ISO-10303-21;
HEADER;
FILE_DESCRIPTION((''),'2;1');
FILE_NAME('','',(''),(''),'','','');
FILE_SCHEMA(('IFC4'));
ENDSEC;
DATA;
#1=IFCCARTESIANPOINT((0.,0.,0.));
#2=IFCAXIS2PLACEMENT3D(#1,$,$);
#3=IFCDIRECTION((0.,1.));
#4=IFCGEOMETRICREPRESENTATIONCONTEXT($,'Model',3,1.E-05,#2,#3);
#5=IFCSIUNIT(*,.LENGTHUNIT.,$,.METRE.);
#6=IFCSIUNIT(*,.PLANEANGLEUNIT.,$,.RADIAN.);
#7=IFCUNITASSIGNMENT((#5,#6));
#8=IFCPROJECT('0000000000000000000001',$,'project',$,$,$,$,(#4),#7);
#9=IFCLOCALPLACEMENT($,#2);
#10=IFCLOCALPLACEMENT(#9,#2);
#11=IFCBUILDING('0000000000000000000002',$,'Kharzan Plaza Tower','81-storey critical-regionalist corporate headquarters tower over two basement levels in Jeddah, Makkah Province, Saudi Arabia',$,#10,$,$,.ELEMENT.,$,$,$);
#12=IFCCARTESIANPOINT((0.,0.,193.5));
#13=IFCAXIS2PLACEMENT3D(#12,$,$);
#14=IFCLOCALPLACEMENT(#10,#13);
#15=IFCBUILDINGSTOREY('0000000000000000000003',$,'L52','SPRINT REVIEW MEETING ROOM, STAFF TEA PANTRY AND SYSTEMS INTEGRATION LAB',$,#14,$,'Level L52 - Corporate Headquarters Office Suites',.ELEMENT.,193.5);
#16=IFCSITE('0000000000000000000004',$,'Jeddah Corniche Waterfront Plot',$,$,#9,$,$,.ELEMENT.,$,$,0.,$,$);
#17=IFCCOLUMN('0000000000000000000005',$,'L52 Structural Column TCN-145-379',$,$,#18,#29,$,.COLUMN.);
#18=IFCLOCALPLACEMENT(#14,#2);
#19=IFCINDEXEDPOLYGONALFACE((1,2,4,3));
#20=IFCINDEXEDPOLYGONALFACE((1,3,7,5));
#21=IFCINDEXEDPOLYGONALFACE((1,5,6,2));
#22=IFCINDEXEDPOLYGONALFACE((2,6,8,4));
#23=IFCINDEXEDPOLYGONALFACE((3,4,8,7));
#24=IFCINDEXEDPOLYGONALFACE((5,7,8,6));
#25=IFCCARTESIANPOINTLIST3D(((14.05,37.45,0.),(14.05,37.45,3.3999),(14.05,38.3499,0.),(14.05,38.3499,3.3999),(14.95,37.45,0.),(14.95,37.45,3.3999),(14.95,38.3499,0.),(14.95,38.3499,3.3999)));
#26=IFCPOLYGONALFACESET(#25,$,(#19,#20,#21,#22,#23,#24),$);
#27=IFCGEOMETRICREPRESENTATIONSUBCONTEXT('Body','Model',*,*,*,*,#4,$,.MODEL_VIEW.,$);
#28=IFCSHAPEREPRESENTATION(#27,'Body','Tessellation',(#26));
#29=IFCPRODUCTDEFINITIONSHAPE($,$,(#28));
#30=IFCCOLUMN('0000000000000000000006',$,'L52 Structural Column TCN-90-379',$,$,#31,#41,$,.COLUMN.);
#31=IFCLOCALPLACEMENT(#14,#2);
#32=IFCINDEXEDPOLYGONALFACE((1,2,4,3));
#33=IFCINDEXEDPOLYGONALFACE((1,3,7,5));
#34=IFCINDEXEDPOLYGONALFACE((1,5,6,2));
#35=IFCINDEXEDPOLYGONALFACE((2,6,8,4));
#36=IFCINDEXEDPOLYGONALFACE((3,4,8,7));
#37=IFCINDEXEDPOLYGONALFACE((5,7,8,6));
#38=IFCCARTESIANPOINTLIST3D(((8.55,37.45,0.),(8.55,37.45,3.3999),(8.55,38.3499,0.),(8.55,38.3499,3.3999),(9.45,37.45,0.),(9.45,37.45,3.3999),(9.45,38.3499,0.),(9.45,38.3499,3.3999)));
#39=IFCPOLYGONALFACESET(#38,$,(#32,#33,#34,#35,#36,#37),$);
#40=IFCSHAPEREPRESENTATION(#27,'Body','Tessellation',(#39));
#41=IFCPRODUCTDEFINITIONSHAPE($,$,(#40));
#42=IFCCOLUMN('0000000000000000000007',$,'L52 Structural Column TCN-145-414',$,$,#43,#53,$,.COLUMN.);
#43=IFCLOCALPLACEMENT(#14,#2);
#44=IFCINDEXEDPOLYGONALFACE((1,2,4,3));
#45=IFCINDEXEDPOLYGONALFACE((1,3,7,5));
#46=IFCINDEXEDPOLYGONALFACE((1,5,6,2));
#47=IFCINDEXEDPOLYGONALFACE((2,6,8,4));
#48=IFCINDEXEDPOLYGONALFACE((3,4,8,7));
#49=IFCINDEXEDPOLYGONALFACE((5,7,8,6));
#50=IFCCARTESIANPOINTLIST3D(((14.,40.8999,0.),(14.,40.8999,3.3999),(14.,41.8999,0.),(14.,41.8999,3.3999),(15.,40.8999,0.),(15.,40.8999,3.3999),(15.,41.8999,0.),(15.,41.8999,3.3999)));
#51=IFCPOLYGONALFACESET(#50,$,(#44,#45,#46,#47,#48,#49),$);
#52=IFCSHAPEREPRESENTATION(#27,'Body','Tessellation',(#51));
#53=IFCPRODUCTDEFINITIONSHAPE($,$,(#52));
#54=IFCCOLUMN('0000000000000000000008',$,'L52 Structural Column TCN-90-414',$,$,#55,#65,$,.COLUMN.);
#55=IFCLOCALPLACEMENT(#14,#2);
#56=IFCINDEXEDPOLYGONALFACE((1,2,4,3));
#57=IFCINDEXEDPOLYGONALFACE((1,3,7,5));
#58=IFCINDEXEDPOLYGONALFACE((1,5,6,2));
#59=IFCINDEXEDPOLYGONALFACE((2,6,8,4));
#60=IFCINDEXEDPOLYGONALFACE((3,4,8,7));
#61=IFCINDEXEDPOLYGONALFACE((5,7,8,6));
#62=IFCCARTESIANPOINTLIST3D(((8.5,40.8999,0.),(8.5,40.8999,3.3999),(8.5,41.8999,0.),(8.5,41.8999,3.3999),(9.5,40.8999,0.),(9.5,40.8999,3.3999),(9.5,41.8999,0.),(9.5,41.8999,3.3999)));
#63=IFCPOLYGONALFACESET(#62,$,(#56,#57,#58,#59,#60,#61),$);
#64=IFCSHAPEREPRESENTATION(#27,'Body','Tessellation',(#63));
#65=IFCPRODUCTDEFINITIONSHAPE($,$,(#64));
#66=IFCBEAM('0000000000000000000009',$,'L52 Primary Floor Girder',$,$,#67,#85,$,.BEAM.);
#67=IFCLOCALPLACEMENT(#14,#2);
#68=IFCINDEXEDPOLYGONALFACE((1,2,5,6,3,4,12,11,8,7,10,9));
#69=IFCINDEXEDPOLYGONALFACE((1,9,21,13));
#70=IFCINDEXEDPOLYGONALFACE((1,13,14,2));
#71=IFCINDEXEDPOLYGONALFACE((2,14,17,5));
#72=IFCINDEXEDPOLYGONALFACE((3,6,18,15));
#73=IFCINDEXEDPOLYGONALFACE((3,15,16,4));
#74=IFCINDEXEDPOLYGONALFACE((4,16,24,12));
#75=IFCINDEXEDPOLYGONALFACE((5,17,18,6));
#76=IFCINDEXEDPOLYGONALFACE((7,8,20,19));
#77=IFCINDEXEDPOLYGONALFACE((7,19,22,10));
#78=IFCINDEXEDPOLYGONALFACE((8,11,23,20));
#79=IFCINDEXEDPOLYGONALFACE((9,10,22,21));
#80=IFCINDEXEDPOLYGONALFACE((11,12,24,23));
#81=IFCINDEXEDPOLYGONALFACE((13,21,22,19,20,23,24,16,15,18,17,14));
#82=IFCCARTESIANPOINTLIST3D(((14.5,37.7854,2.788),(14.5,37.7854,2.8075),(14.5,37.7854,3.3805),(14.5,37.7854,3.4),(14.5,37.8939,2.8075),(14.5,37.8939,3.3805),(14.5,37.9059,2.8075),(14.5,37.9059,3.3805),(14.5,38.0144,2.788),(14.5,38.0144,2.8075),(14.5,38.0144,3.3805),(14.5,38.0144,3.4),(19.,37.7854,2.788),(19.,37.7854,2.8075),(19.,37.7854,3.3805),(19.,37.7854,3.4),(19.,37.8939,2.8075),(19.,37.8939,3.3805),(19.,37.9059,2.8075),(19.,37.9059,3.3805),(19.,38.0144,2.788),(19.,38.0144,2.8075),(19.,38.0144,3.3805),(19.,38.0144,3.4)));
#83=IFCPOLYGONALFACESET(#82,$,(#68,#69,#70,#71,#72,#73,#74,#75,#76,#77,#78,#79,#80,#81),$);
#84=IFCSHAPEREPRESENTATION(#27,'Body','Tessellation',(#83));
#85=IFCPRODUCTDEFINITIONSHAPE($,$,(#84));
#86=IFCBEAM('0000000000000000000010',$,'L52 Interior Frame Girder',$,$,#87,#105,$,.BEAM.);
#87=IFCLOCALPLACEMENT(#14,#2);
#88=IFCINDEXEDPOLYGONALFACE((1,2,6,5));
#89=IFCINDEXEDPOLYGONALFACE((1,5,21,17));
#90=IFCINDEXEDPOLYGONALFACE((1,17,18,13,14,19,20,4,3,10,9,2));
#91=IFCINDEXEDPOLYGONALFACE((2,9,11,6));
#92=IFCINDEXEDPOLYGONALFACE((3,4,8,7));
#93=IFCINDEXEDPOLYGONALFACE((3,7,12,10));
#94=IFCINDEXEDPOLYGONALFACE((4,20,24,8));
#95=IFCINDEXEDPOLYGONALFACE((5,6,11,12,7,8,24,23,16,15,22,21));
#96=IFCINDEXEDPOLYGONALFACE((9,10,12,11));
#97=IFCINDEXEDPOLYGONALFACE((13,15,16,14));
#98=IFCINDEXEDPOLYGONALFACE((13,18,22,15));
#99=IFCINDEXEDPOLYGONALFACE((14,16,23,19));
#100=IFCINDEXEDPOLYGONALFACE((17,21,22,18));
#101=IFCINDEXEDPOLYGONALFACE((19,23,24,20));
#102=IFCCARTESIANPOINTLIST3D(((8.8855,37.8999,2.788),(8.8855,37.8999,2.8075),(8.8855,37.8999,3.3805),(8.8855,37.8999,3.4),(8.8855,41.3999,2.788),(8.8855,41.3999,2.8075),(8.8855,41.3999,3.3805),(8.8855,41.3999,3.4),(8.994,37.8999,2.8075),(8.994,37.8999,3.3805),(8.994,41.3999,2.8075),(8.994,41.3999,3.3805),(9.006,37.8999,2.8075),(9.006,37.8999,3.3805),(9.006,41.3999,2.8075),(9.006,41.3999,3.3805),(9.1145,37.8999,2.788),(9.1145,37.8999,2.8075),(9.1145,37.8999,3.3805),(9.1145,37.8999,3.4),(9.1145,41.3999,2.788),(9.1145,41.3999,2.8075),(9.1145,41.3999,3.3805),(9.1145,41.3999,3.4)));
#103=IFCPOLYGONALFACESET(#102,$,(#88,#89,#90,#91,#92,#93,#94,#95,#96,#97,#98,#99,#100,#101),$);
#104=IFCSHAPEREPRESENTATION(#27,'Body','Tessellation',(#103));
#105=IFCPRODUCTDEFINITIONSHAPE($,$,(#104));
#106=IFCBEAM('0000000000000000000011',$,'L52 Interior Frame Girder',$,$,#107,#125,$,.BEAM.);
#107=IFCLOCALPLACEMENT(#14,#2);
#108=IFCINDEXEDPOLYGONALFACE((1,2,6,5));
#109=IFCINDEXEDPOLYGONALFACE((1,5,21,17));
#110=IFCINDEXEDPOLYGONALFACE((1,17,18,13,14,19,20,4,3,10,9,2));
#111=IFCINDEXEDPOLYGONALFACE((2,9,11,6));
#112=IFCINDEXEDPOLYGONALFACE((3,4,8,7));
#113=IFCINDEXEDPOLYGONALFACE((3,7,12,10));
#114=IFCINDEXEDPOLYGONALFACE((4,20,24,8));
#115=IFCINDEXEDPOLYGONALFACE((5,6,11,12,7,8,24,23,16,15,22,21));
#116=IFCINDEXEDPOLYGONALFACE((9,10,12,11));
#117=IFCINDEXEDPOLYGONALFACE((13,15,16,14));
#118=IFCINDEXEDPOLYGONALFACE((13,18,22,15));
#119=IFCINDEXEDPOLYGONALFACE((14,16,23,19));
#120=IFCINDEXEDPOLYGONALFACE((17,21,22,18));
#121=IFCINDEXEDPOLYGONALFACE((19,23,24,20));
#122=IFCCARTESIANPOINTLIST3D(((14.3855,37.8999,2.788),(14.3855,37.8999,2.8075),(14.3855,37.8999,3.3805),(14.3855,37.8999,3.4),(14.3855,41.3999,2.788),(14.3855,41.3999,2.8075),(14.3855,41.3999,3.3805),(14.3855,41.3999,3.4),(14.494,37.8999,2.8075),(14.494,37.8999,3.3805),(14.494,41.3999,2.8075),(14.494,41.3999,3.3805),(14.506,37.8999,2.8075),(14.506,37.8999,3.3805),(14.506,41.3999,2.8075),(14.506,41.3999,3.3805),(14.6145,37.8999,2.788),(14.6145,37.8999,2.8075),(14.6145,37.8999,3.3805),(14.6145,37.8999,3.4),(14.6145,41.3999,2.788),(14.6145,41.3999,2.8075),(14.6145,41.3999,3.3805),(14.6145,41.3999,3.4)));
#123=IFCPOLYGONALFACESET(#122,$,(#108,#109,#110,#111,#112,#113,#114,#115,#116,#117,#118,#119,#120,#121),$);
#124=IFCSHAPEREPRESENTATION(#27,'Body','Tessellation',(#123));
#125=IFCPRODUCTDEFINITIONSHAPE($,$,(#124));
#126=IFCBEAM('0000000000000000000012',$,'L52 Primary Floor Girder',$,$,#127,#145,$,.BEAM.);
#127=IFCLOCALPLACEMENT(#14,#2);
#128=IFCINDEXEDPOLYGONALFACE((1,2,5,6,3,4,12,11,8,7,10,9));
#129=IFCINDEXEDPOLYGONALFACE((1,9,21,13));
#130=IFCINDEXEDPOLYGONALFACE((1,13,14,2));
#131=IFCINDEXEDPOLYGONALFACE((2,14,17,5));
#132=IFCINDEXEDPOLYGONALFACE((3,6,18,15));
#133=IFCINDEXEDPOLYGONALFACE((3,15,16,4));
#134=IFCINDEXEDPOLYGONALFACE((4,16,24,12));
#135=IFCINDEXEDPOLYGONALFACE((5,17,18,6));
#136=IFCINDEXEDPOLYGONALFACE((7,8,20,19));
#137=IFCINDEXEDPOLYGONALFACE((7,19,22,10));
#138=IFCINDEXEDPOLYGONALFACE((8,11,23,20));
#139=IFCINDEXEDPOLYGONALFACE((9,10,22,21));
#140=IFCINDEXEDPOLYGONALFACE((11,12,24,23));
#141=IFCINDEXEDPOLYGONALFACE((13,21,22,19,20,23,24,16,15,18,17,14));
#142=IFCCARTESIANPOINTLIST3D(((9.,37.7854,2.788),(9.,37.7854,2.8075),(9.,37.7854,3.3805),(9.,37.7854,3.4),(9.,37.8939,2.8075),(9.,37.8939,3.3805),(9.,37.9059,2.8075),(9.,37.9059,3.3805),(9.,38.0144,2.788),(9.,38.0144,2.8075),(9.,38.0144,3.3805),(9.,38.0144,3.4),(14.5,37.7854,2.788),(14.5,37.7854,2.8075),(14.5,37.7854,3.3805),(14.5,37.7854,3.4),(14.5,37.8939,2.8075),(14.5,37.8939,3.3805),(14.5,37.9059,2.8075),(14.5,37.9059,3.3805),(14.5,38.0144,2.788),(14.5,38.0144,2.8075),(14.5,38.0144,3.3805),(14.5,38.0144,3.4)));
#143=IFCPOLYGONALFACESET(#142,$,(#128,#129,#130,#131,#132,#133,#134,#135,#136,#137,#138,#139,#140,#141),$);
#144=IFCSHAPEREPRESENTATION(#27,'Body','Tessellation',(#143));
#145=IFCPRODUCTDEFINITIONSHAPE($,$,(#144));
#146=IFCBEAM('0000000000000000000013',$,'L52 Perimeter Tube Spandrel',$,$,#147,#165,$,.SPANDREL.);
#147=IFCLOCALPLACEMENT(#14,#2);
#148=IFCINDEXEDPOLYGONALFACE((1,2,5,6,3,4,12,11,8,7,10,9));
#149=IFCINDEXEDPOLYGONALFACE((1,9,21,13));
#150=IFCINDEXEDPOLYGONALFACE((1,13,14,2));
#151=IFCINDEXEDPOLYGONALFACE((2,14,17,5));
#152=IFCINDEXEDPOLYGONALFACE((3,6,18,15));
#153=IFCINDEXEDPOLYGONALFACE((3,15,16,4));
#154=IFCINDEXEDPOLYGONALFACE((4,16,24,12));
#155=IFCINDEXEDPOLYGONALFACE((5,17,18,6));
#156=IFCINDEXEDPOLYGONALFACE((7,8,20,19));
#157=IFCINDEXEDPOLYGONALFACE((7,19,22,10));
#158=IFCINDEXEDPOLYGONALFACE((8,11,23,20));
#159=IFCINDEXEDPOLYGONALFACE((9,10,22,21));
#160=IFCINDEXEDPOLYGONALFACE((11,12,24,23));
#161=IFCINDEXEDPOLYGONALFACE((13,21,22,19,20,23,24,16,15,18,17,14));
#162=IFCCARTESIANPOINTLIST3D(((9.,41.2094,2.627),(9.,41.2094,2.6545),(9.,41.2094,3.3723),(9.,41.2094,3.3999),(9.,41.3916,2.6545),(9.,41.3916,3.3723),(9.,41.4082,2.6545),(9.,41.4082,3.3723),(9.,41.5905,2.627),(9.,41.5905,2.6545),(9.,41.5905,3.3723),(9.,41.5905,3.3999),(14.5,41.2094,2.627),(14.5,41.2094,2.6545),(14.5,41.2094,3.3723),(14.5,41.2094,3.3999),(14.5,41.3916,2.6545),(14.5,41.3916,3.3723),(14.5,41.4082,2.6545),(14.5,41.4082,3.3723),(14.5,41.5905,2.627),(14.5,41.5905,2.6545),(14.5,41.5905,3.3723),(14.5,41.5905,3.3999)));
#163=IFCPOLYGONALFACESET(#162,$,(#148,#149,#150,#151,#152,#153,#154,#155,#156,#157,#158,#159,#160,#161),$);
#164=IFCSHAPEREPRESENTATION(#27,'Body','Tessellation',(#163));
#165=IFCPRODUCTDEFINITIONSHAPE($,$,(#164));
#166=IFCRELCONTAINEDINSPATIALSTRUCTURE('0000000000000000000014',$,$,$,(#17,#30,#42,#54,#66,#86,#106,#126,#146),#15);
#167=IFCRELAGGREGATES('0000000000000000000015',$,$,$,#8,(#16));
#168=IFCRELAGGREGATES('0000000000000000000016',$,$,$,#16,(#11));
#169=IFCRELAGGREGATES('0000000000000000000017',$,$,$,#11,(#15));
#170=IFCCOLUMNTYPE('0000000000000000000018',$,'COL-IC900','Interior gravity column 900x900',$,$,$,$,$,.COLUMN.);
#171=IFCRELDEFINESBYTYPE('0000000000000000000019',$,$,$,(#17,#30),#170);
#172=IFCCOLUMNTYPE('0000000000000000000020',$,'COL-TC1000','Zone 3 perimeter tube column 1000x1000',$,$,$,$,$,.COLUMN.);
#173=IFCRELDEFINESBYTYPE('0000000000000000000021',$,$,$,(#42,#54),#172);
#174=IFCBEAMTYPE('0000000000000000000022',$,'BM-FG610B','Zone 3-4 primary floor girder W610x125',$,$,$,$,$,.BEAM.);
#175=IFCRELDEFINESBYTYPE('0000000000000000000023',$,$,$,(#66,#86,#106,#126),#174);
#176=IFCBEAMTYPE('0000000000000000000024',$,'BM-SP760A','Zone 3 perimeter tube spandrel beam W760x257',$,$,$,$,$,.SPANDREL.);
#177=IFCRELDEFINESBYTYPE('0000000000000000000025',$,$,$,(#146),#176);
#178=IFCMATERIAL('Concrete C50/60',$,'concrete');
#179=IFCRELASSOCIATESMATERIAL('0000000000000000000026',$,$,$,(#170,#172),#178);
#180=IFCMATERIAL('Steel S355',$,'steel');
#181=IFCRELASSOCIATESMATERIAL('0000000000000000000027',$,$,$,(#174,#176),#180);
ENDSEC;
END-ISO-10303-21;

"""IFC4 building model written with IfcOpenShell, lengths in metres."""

from ifc_helpers import new_model, si_unit, direction, frame, origin, origin_2d, place, context, subcontext, project, spatial, rectangle, i_section, extrude, source, transform, mapped, material, material_profile, profile_set, type_object, element, save


model = new_model("IFC4")

# Units and contexts
model_context = context("Model", 3, precision=1e-05, world=origin(), true_north=direction((0.0, 1.0)))
body_context = subcontext(model_context, "Body", "Model", "MODEL_VIEW")
ifc_project = project(units=[si_unit("LENGTHUNIT", "METRE"), si_unit("PLANEANGLEUNIT", "RADIAN")], contexts=[model_context])

# Site, building, storey
site_placement = place(None, origin())
site = spatial("IfcSite", under=ifc_project, at=site_placement, Name="Jeddah Corniche Waterfront Plot", CompositionType="ELEMENT", RefElevation=0.0)
building_placement = place(site_placement, origin())
building = spatial("IfcBuilding", under=site, at=building_placement, Name="Kharzan Plaza Tower", Description="81-storey critical-regionalist corporate headquarters tower over two basement levels in Jeddah, Makkah Province, Saudi Arabia", CompositionType="ELEMENT")
storey_placement = place(building_placement, frame((0.0, 0.0, 193.5)))
storey = spatial("IfcBuildingStorey", under=building, at=storey_placement, Name="L52", Description="SPRINT REVIEW MEETING ROOM, STAFF TEA PANTRY AND SYSTEMS INTEGRATION LAB", LongName="Level L52 - Corporate Headquarters Office Suites", CompositionType="ELEMENT", Elevation=193.5)

# Columns
ifc_material_1 = material(Name="Concrete C50/60", Category="concrete")
ifc_material_profile_1 = material_profile(ifc_material_1, rectangle(XDim=0.8999, YDim=0.8999, at=origin_2d()), Name="RC-IC900x900")
ifc_profile_set_1 = profile_set([ifc_material_profile_1], Name="Concrete C50/60")
column_type_1 = type_object("IfcColumnType", Name="COL-IC900", Description="Interior gravity column 900x900", PredefinedType="COLUMN", material=ifc_profile_set_1)
shared_shape_1 = source(origin(), body_context, "Body", "SweptSolid", [
    extrude(rectangle(XDim=0.8999, YDim=0.8999, at=origin_2d()), origin(), (0.0, 0.0, 1.0), 3.3999),
])
for number, where, z_axis, x_axis, name in (
    (1, (14.5, 37.8999, 0.0), (0.0, 0.0, 1.0), (1.0, 0.0, 0.0), "L52 Structural Column TCN-145-379"),
    (2, (9.0, 37.8999, 0.0), (0.0, 0.0, 1.0), (1.0, 0.0, 0.0), "L52 Structural Column TCN-90-379"),
):
    element("IfcColumn", number, at=place(storey_placement, frame(where, z_axis=z_axis, x_axis=x_axis)), inside=storey, type_object=column_type_1, Name=name, PredefinedType="COLUMN", context=body_context, shape_type="MappedRepresentation", body=[
        mapped(shared_shape_1, transform((0.0, 0.0, 0.0), x_axis=(1.0, 0.0, 0.0), y_axis=(0.0, 1.0, 0.0), z_axis=(0.0, 0.0, 1.0))),
    ])
ifc_material_profile_2 = material_profile(ifc_material_1, rectangle(XDim=1.0, YDim=1.0, at=origin_2d()), Name="RC-TC1000x1000")
ifc_profile_set_2 = profile_set([ifc_material_profile_2], Name="Concrete C50/60")
column_type_2 = type_object("IfcColumnType", Name="COL-TC1000", Description="Zone 3 perimeter tube column 1000x1000", PredefinedType="COLUMN", material=ifc_profile_set_2)
shared_shape_2 = source(origin(), body_context, "Body", "SweptSolid", [
    extrude(rectangle(XDim=1.0, YDim=1.0, at=origin_2d()), origin(), (0.0, 0.0, 1.0), 3.3999),
])
for number, where, z_axis, x_axis, name in (
    (3, (14.5, 41.3999, 0.0), (0.0, 0.0, 1.0), (1.0, 0.0, 0.0), "L52 Structural Column TCN-145-414"),
    (4, (9.0, 41.3999, 0.0), (0.0, 0.0, 1.0), (1.0, 0.0, 0.0), "L52 Structural Column TCN-90-414"),
):
    element("IfcColumn", number, at=place(storey_placement, frame(where, z_axis=z_axis, x_axis=x_axis)), inside=storey, type_object=column_type_2, Name=name, PredefinedType="COLUMN", context=body_context, shape_type="MappedRepresentation", body=[
        mapped(shared_shape_2, transform((0.0, 0.0, 0.0), x_axis=(1.0, 0.0, 0.0), y_axis=(0.0, 1.0, 0.0), z_axis=(0.0, 0.0, 1.0))),
    ])

# Beams
ifc_material_2 = material(Name="Steel S355", Category="steel")
ifc_material_profile_3 = material_profile(ifc_material_2, i_section(OverallWidth=0.229, OverallDepth=0.6121, WebThickness=0.012, FlangeThickness=0.0195, at=origin_2d()), Name="W610x125")
ifc_profile_set_3 = profile_set([ifc_material_profile_3], Name="Steel S355")
beam_type_1 = type_object("IfcBeamType", Name="BM-FG610B", Description="Zone 3-4 primary floor girder W610x125", PredefinedType="BEAM", material=ifc_profile_set_3)
shared_shape_3 = source(origin(), body_context, "Body", "SweptSolid", [
    extrude(i_section(OverallWidth=0.229, OverallDepth=0.6121, WebThickness=0.012, FlangeThickness=0.0195, at=origin_2d()), origin(), (0.0, 0.0, 1.0), 4.5),
])
beam_1_placement = place(storey_placement, frame((14.5, 37.8999, 3.094), z_axis=(1.0, 0.0, 0.0), x_axis=(0.0, 1.0, 0.0)))
element("IfcBeam", 5, at=beam_1_placement, inside=storey, type_object=beam_type_1, Name="L52 Primary Floor Girder", PredefinedType="BEAM", context=body_context, shape_type="MappedRepresentation", body=[
    mapped(shared_shape_3, transform((0.0, 0.0, 0.0), x_axis=(1.0, 0.0, 0.0), y_axis=(0.0, 1.0, 0.0), z_axis=(0.0, 0.0, 1.0))),
])
shared_shape_4 = source(origin(), body_context, "Body", "SweptSolid", [
    extrude(i_section(OverallWidth=0.229, OverallDepth=0.6121, WebThickness=0.012, FlangeThickness=0.0195, at=origin_2d()), origin(), (0.0, 0.0, 1.0), 3.5),
])
for number, where, z_axis, x_axis, name in (
    (6, (9.0, 37.8999, 3.094), (0.0, 1.0, 0.0), (-1.0, 0.0, 0.0), "L52 Interior Frame Girder"),
    (7, (14.5, 37.8999, 3.094), (0.0, 1.0, 0.0), (-1.0, 0.0, 0.0), "L52 Interior Frame Girder"),
):
    element("IfcBeam", number, at=place(storey_placement, frame(where, z_axis=z_axis, x_axis=x_axis)), inside=storey, type_object=beam_type_1, Name=name, PredefinedType="BEAM", context=body_context, shape_type="MappedRepresentation", body=[
        mapped(shared_shape_4, transform((0.0, 0.0, 0.0), x_axis=(1.0, 0.0, 0.0), y_axis=(0.0, 1.0, 0.0), z_axis=(0.0, 0.0, 1.0))),
    ])
shared_shape_5 = source(origin(), body_context, "Body", "SweptSolid", [
    extrude(i_section(OverallWidth=0.229, OverallDepth=0.6121, WebThickness=0.012, FlangeThickness=0.0195, at=origin_2d()), origin(), (0.0, 0.0, 1.0), 5.5),
])
beam_2_placement = place(storey_placement, frame((9.0, 37.8999, 3.094), z_axis=(1.0, 0.0, 0.0), x_axis=(0.0, 1.0, 0.0)))
element("IfcBeam", 8, at=beam_2_placement, inside=storey, type_object=beam_type_1, Name="L52 Primary Floor Girder", PredefinedType="BEAM", context=body_context, shape_type="MappedRepresentation", body=[
    mapped(shared_shape_5, transform((0.0, 0.0, 0.0), x_axis=(1.0, 0.0, 0.0), y_axis=(0.0, 1.0, 0.0), z_axis=(0.0, 0.0, 1.0))),
])
ifc_material_profile_4 = material_profile(ifc_material_2, i_section(OverallWidth=0.3811, OverallDepth=0.7729, WebThickness=0.0166, FlangeThickness=0.0276, at=origin_2d()), Name="W760x257")
ifc_profile_set_4 = profile_set([ifc_material_profile_4], Name="Steel S355")
beam_type_2 = type_object("IfcBeamType", Name="BM-SP760A", Description="Zone 3 perimeter tube spandrel beam W760x257", PredefinedType="SPANDREL", material=ifc_profile_set_4)
shared_shape_6 = source(origin(), body_context, "Body", "SweptSolid", [
    extrude(i_section(OverallWidth=0.3811, OverallDepth=0.7729, WebThickness=0.0166, FlangeThickness=0.0276, at=origin_2d()), origin(), (0.0, 0.0, 1.0), 5.5),
])
beam_3_placement = place(storey_placement, frame((9.0, 41.3999, 3.0134), z_axis=(1.0, 0.0, 0.0), x_axis=(0.0, 1.0, 0.0)))
element("IfcBeam", 9, at=beam_3_placement, inside=storey, type_object=beam_type_2, Name="L52 Perimeter Tube Spandrel", PredefinedType="SPANDREL", context=body_context, shape_type="MappedRepresentation", body=[
    mapped(shared_shape_6, transform((0.0, 0.0, 0.0), x_axis=(1.0, 0.0, 0.0), y_axis=(0.0, 1.0, 0.0), z_axis=(0.0, 0.0, 1.0))),
])

save(model, "model.ifc")
